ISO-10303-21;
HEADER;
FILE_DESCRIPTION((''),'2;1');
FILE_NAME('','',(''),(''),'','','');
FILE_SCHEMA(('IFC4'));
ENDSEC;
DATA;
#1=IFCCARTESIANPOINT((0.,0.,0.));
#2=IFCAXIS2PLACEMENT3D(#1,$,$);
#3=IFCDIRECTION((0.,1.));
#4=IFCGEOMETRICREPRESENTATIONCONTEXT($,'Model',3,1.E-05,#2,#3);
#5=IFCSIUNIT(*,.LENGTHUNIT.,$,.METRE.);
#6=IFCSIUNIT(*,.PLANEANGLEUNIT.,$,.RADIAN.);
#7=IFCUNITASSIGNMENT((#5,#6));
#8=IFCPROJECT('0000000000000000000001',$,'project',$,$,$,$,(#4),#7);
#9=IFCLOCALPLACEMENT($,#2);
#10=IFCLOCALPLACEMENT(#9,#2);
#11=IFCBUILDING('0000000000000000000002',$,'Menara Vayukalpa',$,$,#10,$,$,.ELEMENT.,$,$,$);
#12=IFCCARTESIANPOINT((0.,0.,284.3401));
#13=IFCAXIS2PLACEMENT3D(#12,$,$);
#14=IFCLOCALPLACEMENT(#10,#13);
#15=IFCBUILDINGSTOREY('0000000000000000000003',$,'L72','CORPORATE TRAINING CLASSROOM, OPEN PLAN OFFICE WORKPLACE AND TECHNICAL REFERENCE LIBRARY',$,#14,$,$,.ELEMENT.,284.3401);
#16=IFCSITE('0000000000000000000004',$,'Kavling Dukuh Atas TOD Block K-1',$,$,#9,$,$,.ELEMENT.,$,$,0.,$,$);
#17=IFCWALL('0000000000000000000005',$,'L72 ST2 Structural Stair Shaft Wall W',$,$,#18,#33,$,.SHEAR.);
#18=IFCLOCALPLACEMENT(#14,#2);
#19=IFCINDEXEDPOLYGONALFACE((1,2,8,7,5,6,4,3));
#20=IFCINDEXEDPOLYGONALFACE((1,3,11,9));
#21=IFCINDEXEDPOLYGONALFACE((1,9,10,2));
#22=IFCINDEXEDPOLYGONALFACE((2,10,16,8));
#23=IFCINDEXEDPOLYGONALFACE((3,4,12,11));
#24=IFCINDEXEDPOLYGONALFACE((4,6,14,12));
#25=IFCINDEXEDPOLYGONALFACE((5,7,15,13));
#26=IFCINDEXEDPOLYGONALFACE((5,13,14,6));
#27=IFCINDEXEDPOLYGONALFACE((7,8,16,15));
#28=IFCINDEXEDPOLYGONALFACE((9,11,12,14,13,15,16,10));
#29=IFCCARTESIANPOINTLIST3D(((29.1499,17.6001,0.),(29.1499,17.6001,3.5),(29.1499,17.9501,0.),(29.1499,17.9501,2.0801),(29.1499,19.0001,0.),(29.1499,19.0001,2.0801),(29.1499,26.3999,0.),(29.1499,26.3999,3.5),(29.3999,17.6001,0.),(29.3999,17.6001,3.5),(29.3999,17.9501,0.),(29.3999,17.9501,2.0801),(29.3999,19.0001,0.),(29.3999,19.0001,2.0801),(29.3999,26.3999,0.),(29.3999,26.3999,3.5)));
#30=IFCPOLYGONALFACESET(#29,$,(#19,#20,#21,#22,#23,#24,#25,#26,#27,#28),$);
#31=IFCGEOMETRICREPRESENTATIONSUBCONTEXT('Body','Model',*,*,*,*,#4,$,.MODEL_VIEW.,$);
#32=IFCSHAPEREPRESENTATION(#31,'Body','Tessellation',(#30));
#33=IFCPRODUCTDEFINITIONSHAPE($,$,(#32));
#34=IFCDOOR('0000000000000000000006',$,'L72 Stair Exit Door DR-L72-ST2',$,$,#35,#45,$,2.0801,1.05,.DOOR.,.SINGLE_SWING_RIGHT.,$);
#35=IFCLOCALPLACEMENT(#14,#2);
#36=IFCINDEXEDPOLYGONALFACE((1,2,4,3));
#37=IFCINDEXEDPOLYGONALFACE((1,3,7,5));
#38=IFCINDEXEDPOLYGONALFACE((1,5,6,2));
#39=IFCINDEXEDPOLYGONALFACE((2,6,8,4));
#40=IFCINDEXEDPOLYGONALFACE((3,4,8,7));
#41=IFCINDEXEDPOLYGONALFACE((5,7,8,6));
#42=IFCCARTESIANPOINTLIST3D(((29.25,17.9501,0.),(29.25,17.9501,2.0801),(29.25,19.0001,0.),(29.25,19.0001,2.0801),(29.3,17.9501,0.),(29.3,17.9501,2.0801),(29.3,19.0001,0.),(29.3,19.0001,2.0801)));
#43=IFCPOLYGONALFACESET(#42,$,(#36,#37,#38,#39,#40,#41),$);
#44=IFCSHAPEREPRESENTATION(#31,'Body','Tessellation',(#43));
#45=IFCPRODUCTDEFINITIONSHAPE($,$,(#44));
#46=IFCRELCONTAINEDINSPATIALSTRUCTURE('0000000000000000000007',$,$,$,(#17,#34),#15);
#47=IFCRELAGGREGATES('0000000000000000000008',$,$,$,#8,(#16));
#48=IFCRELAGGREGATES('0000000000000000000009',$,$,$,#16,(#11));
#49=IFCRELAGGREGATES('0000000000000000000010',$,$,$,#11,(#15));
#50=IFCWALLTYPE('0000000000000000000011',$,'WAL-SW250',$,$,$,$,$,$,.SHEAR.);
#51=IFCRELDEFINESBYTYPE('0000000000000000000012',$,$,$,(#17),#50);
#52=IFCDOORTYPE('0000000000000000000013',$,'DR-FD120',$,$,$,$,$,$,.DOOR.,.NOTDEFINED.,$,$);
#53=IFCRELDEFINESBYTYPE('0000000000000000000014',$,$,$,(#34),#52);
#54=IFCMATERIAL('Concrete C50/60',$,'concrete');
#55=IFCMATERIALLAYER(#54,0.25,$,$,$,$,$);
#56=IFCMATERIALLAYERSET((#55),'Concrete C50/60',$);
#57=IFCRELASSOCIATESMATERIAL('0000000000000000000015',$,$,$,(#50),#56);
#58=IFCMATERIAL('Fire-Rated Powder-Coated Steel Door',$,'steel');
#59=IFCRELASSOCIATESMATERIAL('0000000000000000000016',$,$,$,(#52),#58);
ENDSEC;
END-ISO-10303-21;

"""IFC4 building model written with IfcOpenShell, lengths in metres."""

from ifc_helpers import new_model, si_unit, direction, frame, frame_2d, origin, place, context, subcontext, project, spatial, rectangle, extrude, material, layer, layer_set, type_object, element, fill, save


model = new_model("IFC4")

# Units and contexts
model_context = context("Model", 3, precision=1e-05, world=origin(), true_north=direction((0.0, 1.0)))
body_context = subcontext(model_context, "Body", "Model", "MODEL_VIEW")
ifc_project = project(units=[si_unit("LENGTHUNIT", "METRE"), si_unit("PLANEANGLEUNIT", "RADIAN")], contexts=[model_context])

# Site, building, storey
site_placement = place(None, origin())
site = spatial("IfcSite", under=ifc_project, at=site_placement, Name="Kavling Dukuh Atas TOD Block K-1", CompositionType="ELEMENT", RefElevation=0.0)
building_placement = place(site_placement, origin())
building = spatial("IfcBuilding", under=site, at=building_placement, Name="Menara Vayukalpa", CompositionType="ELEMENT")
storey_placement = place(building_placement, frame((0.0, 0.0, 284.3401)))
storey = spatial("IfcBuildingStorey", under=building, at=storey_placement, Name="L72", Description="CORPORATE TRAINING CLASSROOM, OPEN PLAN OFFICE WORKPLACE AND TECHNICAL REFERENCE LIBRARY", CompositionType="ELEMENT", Elevation=284.3401)

# Wall, opening, door
ifc_material_1 = material(Name="Concrete C50/60", Category="concrete")
ifc_layer_1 = layer(ifc_material_1, 0.25)
ifc_layer_set_1 = layer_set([ifc_layer_1], Name="Concrete C50/60")
wall_type_1 = type_object("IfcWallType", Name="WAL-SW250", PredefinedType="SHEAR", material=ifc_layer_set_1)
wall_1_placement = place(storey_placement, frame((29.2749, 17.6001, 0.0), z_axis=(0.0, 0.0, 1.0), x_axis=(0.0, 1.0, 0.0)))
wall_1 = element("IfcWall", 1, at=wall_1_placement, inside=storey, type_object=wall_type_1, Name="L72 ST2 Structural Stair Shaft Wall W", PredefinedType="SHEAR", context=body_context, shape_type="SweptSolid", body=[
    extrude(rectangle(XDim=8.7998, YDim=0.25, at=frame_2d((4.3999, 0.0))), origin(), (0.0, 0.0, 1.0), 3.5),
])
opening_1_placement = place(wall_1_placement, frame((0.3501, 0.0, 0.0)))
opening_1 = element("IfcOpeningElement", 2, at=opening_1_placement, cuts=wall_1, PredefinedType="OPENING", context=body_context, shape_type="SweptSolid", body=[
    extrude(rectangle(XDim=1.05, YDim=2.0801, at=frame_2d((0.5249, 1.04))), frame((0.0, 0.135, 0.0), z_axis=(0.0, -1.0, 0.0), x_axis=(1.0, 0.0, 0.0)), (0.0, 0.0, 1.0), 0.27),
])
ifc_material_2 = material(Name="Fire-Rated Powder-Coated Steel Door", Category="steel")
door_type_1 = type_object("IfcDoorType", Name="DR-FD120", OperationType="NOTDEFINED", PredefinedType="DOOR", material=ifc_material_2)
door_1_placement = place(opening_1_placement, origin())
door_1 = element("IfcDoor", 3, at=door_1_placement, inside=storey, type_object=door_type_1, Name="L72 Stair Exit Door DR-L72-ST2", OperationType="SINGLE_SWING_RIGHT", OverallHeight=2.0801, OverallWidth=1.05, PredefinedType="DOOR", context=body_context, shape_type="SweptSolid", body=[
    extrude(rectangle(XDim=1.05, YDim=2.0801, at=frame_2d((0.5249, 1.04))), frame((0.0, 0.0249, 0.0), z_axis=(0.0, -1.0, 0.0), x_axis=(1.0, 0.0, 0.0)), (0.0, 0.0, 1.0), 0.05),
])
fill(opening_1, door_1)

save(model, "model.ifc")
